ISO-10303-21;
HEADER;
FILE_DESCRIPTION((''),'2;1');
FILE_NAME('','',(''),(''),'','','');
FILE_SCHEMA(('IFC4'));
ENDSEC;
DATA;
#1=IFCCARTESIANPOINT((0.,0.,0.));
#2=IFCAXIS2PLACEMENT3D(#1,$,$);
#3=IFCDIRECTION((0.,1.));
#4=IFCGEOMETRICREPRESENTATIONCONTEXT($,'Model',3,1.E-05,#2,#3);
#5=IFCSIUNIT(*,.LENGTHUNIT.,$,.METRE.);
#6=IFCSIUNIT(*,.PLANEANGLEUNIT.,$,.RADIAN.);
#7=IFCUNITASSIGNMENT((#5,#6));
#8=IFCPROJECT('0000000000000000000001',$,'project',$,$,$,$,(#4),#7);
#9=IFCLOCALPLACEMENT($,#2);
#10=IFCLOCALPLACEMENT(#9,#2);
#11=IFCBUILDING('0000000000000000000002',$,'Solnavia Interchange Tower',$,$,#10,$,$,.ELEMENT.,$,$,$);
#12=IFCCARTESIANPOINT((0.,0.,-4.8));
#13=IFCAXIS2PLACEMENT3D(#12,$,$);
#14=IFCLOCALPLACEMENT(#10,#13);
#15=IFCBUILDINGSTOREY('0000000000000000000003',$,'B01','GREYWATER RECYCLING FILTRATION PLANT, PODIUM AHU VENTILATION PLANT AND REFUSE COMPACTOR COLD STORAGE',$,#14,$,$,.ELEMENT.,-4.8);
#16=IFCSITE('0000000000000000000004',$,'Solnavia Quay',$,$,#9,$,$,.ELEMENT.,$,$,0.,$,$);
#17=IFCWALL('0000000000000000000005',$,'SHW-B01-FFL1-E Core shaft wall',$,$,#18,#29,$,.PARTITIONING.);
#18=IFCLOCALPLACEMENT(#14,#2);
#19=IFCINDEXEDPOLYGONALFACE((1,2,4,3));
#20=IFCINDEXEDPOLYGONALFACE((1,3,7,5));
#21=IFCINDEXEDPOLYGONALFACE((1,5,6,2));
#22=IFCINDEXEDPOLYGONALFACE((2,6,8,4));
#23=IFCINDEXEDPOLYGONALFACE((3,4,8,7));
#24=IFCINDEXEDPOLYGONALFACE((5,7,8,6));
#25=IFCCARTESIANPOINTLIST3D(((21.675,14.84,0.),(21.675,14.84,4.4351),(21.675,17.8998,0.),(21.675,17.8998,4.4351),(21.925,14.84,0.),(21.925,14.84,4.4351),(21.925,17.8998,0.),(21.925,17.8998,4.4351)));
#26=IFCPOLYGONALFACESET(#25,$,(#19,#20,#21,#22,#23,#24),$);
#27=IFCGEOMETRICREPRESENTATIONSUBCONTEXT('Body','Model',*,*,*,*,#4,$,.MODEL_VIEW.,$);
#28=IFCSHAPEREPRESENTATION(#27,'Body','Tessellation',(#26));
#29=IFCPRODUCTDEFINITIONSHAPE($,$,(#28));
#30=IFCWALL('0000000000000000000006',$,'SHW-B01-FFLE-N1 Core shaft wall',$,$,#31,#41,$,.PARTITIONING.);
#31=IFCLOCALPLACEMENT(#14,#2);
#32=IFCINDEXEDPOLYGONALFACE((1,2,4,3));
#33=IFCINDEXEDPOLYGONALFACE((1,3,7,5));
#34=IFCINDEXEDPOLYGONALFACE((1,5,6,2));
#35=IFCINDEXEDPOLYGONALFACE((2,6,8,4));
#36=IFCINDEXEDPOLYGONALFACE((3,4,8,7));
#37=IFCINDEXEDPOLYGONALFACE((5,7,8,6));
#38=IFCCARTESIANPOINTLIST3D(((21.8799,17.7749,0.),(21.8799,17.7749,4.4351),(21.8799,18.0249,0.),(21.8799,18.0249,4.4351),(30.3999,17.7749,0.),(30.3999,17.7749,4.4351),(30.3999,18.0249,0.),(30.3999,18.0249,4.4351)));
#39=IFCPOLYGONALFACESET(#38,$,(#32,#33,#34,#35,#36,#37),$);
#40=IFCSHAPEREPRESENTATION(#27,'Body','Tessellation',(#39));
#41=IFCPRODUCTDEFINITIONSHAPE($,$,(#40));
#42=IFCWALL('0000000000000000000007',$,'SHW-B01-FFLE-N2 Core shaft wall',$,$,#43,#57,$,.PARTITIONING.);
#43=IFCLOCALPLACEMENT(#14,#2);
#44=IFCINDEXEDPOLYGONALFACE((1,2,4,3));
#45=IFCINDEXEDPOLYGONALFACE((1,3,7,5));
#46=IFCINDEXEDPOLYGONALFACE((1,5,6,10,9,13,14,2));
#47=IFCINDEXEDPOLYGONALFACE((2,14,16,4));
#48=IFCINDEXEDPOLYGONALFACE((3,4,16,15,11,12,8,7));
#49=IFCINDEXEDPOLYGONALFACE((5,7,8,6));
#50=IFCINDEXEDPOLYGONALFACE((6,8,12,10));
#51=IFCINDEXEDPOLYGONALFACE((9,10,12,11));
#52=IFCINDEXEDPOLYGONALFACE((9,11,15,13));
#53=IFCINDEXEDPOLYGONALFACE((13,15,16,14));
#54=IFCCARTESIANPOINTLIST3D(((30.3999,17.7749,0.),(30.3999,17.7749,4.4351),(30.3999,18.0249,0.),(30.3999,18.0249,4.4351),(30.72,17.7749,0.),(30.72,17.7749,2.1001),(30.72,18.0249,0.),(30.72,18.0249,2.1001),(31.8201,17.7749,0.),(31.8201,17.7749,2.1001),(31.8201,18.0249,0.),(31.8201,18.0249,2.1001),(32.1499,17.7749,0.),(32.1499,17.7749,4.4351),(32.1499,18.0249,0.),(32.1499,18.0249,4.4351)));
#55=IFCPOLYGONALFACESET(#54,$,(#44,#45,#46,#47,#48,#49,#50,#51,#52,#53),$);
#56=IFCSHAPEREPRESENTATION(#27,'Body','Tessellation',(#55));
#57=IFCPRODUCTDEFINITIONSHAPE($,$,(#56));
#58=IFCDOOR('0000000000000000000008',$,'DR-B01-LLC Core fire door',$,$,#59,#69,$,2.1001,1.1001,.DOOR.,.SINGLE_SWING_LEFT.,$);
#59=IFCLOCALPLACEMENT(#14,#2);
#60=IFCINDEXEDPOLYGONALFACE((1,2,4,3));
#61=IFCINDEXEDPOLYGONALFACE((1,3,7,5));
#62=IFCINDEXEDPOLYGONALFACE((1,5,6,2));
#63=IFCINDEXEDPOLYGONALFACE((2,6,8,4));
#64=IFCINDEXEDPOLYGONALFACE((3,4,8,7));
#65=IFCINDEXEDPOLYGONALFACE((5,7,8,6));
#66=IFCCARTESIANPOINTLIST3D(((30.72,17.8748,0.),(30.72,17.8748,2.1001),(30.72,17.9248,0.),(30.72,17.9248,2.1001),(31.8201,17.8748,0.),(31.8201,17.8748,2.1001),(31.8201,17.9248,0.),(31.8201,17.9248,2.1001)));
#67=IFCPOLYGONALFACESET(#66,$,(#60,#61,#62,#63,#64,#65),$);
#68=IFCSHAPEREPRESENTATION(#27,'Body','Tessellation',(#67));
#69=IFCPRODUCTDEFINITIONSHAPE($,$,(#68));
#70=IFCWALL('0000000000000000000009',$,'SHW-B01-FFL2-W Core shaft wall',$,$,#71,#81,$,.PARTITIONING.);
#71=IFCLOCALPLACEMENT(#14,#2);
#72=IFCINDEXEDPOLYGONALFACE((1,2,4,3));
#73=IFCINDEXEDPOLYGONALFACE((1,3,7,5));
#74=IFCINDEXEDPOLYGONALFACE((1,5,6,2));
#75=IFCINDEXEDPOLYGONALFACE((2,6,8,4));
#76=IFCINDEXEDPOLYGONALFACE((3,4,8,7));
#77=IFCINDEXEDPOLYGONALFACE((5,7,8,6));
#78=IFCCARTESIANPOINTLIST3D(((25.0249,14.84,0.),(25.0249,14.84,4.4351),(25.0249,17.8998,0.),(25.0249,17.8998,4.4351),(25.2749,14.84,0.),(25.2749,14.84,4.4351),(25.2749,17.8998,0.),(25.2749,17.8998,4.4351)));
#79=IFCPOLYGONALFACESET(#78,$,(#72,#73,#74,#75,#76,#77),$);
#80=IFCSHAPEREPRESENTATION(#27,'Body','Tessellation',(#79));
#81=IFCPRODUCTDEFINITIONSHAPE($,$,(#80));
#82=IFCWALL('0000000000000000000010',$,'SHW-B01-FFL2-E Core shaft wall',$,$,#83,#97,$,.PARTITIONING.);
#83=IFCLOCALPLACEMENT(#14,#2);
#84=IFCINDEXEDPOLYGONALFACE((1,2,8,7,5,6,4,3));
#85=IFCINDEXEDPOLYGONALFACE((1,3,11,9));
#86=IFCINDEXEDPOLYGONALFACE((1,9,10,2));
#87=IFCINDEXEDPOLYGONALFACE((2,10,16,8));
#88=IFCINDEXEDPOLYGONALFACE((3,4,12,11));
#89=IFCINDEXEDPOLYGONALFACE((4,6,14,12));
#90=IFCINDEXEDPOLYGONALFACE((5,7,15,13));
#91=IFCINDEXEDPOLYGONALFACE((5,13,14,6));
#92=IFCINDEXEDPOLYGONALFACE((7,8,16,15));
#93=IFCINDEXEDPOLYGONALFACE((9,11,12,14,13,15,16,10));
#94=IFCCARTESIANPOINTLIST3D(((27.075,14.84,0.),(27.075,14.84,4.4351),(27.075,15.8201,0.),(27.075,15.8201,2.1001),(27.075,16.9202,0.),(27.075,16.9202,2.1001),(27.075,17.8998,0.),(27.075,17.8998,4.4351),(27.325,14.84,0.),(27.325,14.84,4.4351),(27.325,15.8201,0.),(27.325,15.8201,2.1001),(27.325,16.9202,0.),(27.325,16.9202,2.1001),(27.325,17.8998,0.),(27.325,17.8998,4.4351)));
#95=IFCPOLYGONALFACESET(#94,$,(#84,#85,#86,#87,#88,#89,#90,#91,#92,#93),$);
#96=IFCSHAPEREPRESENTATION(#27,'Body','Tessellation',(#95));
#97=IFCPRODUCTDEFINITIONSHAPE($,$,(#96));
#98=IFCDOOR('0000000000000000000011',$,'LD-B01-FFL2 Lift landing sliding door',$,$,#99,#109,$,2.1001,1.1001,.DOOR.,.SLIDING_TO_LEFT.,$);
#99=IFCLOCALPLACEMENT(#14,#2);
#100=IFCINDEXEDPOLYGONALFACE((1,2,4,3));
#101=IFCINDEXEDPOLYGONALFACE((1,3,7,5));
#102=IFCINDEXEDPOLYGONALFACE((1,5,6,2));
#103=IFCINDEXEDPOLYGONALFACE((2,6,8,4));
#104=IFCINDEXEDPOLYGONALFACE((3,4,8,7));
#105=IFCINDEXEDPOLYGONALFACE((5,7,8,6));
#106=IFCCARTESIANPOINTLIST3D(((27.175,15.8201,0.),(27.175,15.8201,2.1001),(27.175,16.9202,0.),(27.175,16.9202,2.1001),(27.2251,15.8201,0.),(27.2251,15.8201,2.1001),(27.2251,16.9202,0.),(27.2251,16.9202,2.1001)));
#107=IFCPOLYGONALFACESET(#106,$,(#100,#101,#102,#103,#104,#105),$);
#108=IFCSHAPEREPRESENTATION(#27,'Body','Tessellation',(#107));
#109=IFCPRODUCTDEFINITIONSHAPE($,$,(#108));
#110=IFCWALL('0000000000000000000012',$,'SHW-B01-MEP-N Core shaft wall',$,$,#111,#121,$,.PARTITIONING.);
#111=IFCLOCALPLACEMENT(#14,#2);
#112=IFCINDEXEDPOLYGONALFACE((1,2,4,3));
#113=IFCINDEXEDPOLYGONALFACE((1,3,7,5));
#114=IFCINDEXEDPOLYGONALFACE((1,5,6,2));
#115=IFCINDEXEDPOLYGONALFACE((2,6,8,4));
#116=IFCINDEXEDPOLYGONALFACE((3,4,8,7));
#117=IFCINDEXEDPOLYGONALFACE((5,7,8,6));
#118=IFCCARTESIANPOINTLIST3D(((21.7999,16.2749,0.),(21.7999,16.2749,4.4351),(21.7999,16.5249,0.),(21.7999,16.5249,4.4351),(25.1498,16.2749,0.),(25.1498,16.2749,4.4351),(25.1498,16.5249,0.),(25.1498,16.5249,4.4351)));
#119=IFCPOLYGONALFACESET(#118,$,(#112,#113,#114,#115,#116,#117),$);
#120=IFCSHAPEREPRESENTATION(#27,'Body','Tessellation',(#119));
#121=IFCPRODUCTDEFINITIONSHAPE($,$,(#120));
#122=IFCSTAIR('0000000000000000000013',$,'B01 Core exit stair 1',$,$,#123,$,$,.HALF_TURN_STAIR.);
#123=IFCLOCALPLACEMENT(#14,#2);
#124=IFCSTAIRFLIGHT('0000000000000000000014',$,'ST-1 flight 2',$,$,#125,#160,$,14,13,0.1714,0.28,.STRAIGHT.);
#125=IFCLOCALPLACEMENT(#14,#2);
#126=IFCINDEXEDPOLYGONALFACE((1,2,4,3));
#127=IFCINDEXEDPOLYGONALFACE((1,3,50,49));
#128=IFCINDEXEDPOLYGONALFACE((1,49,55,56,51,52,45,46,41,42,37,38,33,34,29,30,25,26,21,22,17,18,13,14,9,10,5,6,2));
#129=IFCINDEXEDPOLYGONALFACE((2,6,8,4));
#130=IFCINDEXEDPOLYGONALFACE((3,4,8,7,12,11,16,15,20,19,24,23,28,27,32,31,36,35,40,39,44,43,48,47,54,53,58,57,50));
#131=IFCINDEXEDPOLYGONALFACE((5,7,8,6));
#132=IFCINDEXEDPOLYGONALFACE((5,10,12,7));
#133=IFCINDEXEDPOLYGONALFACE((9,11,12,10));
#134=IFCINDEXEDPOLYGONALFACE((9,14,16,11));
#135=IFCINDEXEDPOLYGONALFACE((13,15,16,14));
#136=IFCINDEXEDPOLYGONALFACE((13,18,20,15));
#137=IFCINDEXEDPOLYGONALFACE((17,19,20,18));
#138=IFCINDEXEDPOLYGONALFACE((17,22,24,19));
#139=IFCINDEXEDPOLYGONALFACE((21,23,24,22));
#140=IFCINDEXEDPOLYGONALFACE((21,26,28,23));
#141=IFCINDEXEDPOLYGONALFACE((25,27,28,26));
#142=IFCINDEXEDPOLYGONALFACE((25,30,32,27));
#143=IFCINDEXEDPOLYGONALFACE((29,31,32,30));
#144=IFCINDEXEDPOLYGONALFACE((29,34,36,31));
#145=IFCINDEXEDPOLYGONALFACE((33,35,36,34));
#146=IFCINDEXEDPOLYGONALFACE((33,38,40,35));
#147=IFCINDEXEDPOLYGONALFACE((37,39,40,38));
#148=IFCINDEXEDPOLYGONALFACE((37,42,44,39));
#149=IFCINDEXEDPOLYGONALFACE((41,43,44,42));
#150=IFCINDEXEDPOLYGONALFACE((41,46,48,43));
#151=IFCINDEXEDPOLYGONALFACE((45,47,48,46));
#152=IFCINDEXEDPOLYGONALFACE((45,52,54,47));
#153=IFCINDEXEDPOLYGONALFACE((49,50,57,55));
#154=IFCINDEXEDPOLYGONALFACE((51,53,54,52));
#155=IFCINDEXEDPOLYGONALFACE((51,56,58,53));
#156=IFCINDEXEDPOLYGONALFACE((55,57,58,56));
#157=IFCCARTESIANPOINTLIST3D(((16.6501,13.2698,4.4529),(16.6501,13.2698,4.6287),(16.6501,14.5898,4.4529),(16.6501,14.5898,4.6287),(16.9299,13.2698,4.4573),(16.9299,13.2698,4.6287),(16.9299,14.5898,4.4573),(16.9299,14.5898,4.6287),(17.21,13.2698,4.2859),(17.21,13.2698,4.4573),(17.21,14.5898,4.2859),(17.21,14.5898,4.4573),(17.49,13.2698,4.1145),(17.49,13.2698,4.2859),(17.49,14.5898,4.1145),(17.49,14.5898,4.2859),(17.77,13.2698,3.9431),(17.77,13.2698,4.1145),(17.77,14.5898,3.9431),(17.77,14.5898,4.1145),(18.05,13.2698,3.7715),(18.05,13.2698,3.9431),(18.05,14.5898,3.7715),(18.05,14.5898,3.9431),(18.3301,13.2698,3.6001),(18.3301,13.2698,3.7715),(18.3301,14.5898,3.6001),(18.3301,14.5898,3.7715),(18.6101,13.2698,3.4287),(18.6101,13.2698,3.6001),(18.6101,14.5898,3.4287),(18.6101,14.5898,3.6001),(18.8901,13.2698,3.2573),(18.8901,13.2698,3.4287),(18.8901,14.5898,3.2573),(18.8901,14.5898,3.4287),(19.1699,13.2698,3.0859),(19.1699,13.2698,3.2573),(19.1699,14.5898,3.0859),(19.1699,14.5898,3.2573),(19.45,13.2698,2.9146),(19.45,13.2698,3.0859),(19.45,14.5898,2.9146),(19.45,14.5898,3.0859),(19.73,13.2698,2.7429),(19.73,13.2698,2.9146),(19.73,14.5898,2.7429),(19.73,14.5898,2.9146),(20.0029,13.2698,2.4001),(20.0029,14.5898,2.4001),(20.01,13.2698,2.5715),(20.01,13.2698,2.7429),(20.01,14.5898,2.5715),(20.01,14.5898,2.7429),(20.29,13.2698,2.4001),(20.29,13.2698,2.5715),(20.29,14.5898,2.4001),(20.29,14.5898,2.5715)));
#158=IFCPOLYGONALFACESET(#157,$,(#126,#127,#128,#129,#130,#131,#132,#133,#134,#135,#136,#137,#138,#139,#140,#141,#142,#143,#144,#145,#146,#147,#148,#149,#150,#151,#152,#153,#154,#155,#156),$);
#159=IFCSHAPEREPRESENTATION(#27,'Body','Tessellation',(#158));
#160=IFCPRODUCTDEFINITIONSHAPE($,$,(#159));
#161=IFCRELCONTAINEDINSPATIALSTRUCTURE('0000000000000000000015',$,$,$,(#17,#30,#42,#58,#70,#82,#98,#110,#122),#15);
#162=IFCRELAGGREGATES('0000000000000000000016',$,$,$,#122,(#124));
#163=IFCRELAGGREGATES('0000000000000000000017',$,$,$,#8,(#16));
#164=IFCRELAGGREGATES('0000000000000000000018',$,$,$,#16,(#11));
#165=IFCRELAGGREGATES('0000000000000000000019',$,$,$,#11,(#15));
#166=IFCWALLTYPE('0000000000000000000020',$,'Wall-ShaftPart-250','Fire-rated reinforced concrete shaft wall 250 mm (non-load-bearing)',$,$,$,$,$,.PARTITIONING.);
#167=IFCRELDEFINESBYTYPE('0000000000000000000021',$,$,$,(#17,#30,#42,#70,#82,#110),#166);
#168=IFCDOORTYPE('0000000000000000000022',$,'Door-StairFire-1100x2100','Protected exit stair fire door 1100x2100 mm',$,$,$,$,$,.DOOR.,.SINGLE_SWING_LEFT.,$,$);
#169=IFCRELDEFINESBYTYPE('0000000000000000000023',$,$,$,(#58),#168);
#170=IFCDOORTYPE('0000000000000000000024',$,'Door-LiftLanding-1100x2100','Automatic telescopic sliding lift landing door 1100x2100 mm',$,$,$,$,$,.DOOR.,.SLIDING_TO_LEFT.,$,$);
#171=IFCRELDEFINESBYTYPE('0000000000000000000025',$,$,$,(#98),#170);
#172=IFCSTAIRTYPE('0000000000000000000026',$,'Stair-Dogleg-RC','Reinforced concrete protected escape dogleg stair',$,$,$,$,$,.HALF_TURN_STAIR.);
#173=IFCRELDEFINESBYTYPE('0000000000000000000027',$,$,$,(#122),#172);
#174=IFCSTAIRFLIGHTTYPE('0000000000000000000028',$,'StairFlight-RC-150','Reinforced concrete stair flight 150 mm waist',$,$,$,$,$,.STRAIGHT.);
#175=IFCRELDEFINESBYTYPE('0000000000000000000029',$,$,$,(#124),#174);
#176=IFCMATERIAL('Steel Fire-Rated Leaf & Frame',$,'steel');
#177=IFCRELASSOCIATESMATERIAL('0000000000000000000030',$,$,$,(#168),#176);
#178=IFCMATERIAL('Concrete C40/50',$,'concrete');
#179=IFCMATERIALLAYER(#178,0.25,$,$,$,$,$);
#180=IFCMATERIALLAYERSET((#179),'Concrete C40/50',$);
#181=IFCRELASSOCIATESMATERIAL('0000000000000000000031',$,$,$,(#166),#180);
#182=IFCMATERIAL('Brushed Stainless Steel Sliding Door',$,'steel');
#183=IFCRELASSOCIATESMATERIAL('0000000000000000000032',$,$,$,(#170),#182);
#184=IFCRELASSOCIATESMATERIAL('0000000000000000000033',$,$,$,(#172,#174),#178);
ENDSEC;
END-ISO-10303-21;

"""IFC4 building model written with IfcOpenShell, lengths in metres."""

from ifc_helpers import new_model, si_unit, direction, frame, frame_2d, origin, place, context, subcontext, project, spatial, polyline, rectangle, outline, extrude, material, layer, layer_set, type_object, element, fill, aggregate, save


model = new_model("IFC4")

# Units and contexts
model_context = context("Model", 3, precision=1e-05, world=origin(), true_north=direction((0.0, 1.0)))
body_context = subcontext(model_context, "Body", "Model", "MODEL_VIEW")
ifc_project = project(units=[si_unit("LENGTHUNIT", "METRE"), si_unit("PLANEANGLEUNIT", "RADIAN")], contexts=[model_context])

# Site, building, storey
site_placement = place(None, origin())
site = spatial("IfcSite", under=ifc_project, at=site_placement, Name="Solnavia Quay", CompositionType="ELEMENT", RefElevation=0.0)
building_placement = place(site_placement, origin())
building = spatial("IfcBuilding", under=site, at=building_placement, Name="Solnavia Interchange Tower", CompositionType="ELEMENT")
storey_placement = place(building_placement, frame((0.0, 0.0, -4.8)))
storey = spatial("IfcBuildingStorey", under=building, at=storey_placement, Name="B01", Description="GREYWATER RECYCLING FILTRATION PLANT, PODIUM AHU VENTILATION PLANT AND REFUSE COMPACTOR COLD STORAGE", CompositionType="ELEMENT", Elevation=-4.8)

# Shared definitions
ifc_material_1 = material(Name="Concrete C40/50", Category="concrete")

# Shared definitions
ifc_material_2 = material(Name="Steel Fire-Rated Leaf & Frame", Category="steel")
door_type_1 = type_object("IfcDoorType", Name="Door-StairFire-1100x2100", Description="Protected exit stair fire door 1100x2100 mm", OperationType="SINGLE_SWING_LEFT", PredefinedType="DOOR", material=ifc_material_2)

# Walls
ifc_layer_1 = layer(ifc_material_1, 0.25)
ifc_layer_set_1 = layer_set([ifc_layer_1], Name="Concrete C40/50")
wall_type_1 = type_object("IfcWallType", Name="Wall-ShaftPart-250", Description="Fire-rated reinforced concrete shaft wall 250 mm (non-load-bearing)", PredefinedType="PARTITIONING", material=ifc_layer_set_1)
wall_1_placement = place(storey_placement, frame((21.8, 14.8401, 0.0), z_axis=(0.0, 0.0, 1.0), x_axis=(0.0, 1.0, 0.0)))
element("IfcWall", 1, at=wall_1_placement, inside=storey, type_object=wall_type_1, Name="SHW-B01-FFL1-E Core shaft wall", PredefinedType="PARTITIONING", context=body_context, shape_type="SweptSolid", body=[
    extrude(rectangle(XDim=3.0598, YDim=0.25, at=frame_2d((1.5298, 0.0))), origin(), (0.0, 0.0, 1.0), 4.4351),
])
wall_2_placement = place(storey_placement, frame((21.8799, 17.8999, 0.0), z_axis=(0.0, 0.0, 1.0), x_axis=(1.0, 0.0, 0.0)))
element("IfcWall", 2, at=wall_2_placement, inside=storey, type_object=wall_type_1, Name="SHW-B01-FFLE-N1 Core shaft wall", PredefinedType="PARTITIONING", context=body_context, shape_type="SweptSolid", body=[
    extrude(rectangle(XDim=8.52, YDim=0.25, at=frame_2d((4.26, 0.0))), origin(), (0.0, 0.0, 1.0), 4.4351),
])

# Wall, opening, door
wall_3_placement = place(storey_placement, frame((30.3999, 17.8999, 0.0), z_axis=(0.0, 0.0, 1.0), x_axis=(1.0, 0.0, 0.0)))
wall_3 = element("IfcWall", 3, at=wall_3_placement, inside=storey, type_object=wall_type_1, Name="SHW-B01-FFLE-N2 Core shaft wall", PredefinedType="PARTITIONING", context=body_context, shape_type="SweptSolid", body=[
    extrude(rectangle(XDim=1.75, YDim=0.25, at=frame_2d((0.875, 0.0))), origin(), (0.0, 0.0, 1.0), 4.4351),
])
opening_1_placement = place(wall_3_placement, frame((0.3201, 0.0, 0.0)))
opening_1 = element("IfcOpeningElement", 4, at=opening_1_placement, cuts=wall_3, PredefinedType="OPENING", context=body_context, shape_type="SweptSolid", body=[
    extrude(rectangle(XDim=1.1001, YDim=2.1001, at=frame_2d((0.55, 1.05))), frame((0.0, 0.135, 0.0), z_axis=(0.0, -1.0, 0.0), x_axis=(1.0, 0.0, 0.0)), (0.0, 0.0, 1.0), 0.27),
])
door_1_placement = place(opening_1_placement, origin())
door_1 = element("IfcDoor", 5, at=door_1_placement, inside=storey, type_object=door_type_1, Name="DR-B01-LLC Core fire door", OperationType="SINGLE_SWING_LEFT", OverallHeight=2.1001, OverallWidth=1.1001, PredefinedType="DOOR", context=body_context, shape_type="SweptSolid", body=[
    extrude(rectangle(XDim=1.1001, YDim=2.1001, at=frame_2d((0.55, 1.05))), frame((0.0, 0.0249, 0.0), z_axis=(0.0, -1.0, 0.0), x_axis=(1.0, 0.0, 0.0)), (0.0, 0.0, 1.0), 0.05),
])
fill(opening_1, door_1)

# Wall
wall_4_placement = place(storey_placement, frame((25.1499, 14.8401, 0.0), z_axis=(0.0, 0.0, 1.0), x_axis=(0.0, 1.0, 0.0)))
element("IfcWall", 6, at=wall_4_placement, inside=storey, type_object=wall_type_1, Name="SHW-B01-FFL2-W Core shaft wall", PredefinedType="PARTITIONING", context=body_context, shape_type="SweptSolid", body=[
    extrude(rectangle(XDim=3.0598, YDim=0.25, at=frame_2d((1.5298, 0.0))), origin(), (0.0, 0.0, 1.0), 4.4351),
])

# Wall, opening, door
wall_5_placement = place(storey_placement, frame((27.2, 14.8401, 0.0), z_axis=(0.0, 0.0, 1.0), x_axis=(0.0, 1.0, 0.0)))
wall_5 = element("IfcWall", 7, at=wall_5_placement, inside=storey, type_object=wall_type_1, Name="SHW-B01-FFL2-E Core shaft wall", PredefinedType="PARTITIONING", context=body_context, shape_type="SweptSolid", body=[
    extrude(rectangle(XDim=3.0598, YDim=0.25, at=frame_2d((1.5298, 0.0))), origin(), (0.0, 0.0, 1.0), 4.4351),
])
opening_2_placement = place(wall_5_placement, frame((0.98, 0.0, 0.0)))
opening_2 = element("IfcOpeningElement", 8, at=opening_2_placement, cuts=wall_5, PredefinedType="OPENING", context=body_context, shape_type="SweptSolid", body=[
    extrude(rectangle(XDim=1.1001, YDim=2.1001, at=frame_2d((0.55, 1.05))), frame((0.0, 0.135, 0.0), z_axis=(0.0, -1.0, 0.0), x_axis=(1.0, 0.0, 0.0)), (0.0, 0.0, 1.0), 0.27),
])
ifc_material_3 = material(Name="Brushed Stainless Steel Sliding Door", Category="steel")
door_type_2 = type_object("IfcDoorType", Name="Door-LiftLanding-1100x2100", Description="Automatic telescopic sliding lift landing door 1100x2100 mm", OperationType="SLIDING_TO_LEFT", PredefinedType="DOOR", material=ifc_material_3)
door_2_placement = place(opening_2_placement, origin())
door_2 = element("IfcDoor", 9, at=door_2_placement, inside=storey, type_object=door_type_2, Name="LD-B01-FFL2 Lift landing sliding door", OperationType="SLIDING_TO_LEFT", OverallHeight=2.1001, OverallWidth=1.1001, PredefinedType="DOOR", context=body_context, shape_type="SweptSolid", body=[
    extrude(rectangle(XDim=1.1001, YDim=2.1001, at=frame_2d((0.55, 1.05))), frame((0.0, 0.0249, 0.0), z_axis=(0.0, -1.0, 0.0), x_axis=(1.0, 0.0, 0.0)), (0.0, 0.0, 1.0), 0.05),
])
fill(opening_2, door_2)

# Wall
wall_6_placement = place(storey_placement, frame((21.8, 16.3999, 0.0), z_axis=(0.0, 0.0, 1.0), x_axis=(1.0, 0.0, 0.0)))
element("IfcWall", 10, at=wall_6_placement, inside=storey, type_object=wall_type_1, Name="SHW-B01-MEP-N Core shaft wall", PredefinedType="PARTITIONING", context=body_context, shape_type="SweptSolid", body=[
    extrude(rectangle(XDim=3.3499, YDim=0.25, at=frame_2d((1.6748, 0.0))), origin(), (0.0, 0.0, 1.0), 4.4351),
])

# Stair, stair flight
stair_type = type_object("IfcStairType", Name="Stair-Dogleg-RC", Description="Reinforced concrete protected escape dogleg stair", PredefinedType="HALF_TURN_STAIR", material=ifc_material_1)
stair_1_placement = place(storey_placement, origin())
stair_1 = element("IfcStair", 11, at=stair_1_placement, inside=storey, type_object=stair_type, Name="B01 Core exit stair 1", PredefinedType="HALF_TURN_STAIR")
stair_flight_type = type_object("IfcStairFlightType", Name="StairFlight-RC-150", Description="Reinforced concrete stair flight 150 mm waist", PredefinedType="STRAIGHT", material=ifc_material_1)
stair_flight_1_placement = place(storey_placement, frame((20.29, 13.9299, 2.4001), z_axis=(0.0, 0.0, 1.0), x_axis=(-1.0, 0.0, 0.0)))
stair_flight_1 = element("IfcStairFlight", 12, at=stair_flight_1_placement, type_object=stair_flight_type, Name="ST-1 flight 2", NumberOfRisers=14, NumberOfTreads=13, PredefinedType="STRAIGHT", RiserHeight=0.1714, TreadLength=0.28, context=body_context, shape_type="SweptSolid", body=[
    extrude(outline(polyline([(0.0, 0.0), (0.0, 0.1714), (0.28, 0.1714), (0.28, 0.3428), (0.5601, 0.3428), (0.5601, 0.5144), (0.8401, 0.5144), (0.8401, 0.6858), (1.1201, 0.6858), (1.1201, 0.8572), (1.3999, 0.8572), (1.3999, 1.0286), (1.6799, 1.0286), (1.6799, 1.2), (1.96, 1.2), (1.96, 1.3713), (2.24, 1.3713), (2.24, 1.543), (2.52, 1.543), (2.52, 1.7144), (2.8, 1.7144), (2.8, 1.8857), (3.0801, 1.8857), (3.0801, 2.0571), (3.3601, 2.0571), (3.3601, 2.2285), (3.6399, 2.2285), (3.6399, 2.3999), (3.6399, 2.0527), (0.2871, 0.0), (0.0, 0.0)])), frame((0.0, 0.6602, 0.0), z_axis=(0.0, -1.0, 0.0), x_axis=(1.0, 0.0, 0.0)), (0.0, 0.0, 1.0), 1.3201),
])
aggregate(stair_1, [stair_flight_1])

save(model, "model.ifc")
